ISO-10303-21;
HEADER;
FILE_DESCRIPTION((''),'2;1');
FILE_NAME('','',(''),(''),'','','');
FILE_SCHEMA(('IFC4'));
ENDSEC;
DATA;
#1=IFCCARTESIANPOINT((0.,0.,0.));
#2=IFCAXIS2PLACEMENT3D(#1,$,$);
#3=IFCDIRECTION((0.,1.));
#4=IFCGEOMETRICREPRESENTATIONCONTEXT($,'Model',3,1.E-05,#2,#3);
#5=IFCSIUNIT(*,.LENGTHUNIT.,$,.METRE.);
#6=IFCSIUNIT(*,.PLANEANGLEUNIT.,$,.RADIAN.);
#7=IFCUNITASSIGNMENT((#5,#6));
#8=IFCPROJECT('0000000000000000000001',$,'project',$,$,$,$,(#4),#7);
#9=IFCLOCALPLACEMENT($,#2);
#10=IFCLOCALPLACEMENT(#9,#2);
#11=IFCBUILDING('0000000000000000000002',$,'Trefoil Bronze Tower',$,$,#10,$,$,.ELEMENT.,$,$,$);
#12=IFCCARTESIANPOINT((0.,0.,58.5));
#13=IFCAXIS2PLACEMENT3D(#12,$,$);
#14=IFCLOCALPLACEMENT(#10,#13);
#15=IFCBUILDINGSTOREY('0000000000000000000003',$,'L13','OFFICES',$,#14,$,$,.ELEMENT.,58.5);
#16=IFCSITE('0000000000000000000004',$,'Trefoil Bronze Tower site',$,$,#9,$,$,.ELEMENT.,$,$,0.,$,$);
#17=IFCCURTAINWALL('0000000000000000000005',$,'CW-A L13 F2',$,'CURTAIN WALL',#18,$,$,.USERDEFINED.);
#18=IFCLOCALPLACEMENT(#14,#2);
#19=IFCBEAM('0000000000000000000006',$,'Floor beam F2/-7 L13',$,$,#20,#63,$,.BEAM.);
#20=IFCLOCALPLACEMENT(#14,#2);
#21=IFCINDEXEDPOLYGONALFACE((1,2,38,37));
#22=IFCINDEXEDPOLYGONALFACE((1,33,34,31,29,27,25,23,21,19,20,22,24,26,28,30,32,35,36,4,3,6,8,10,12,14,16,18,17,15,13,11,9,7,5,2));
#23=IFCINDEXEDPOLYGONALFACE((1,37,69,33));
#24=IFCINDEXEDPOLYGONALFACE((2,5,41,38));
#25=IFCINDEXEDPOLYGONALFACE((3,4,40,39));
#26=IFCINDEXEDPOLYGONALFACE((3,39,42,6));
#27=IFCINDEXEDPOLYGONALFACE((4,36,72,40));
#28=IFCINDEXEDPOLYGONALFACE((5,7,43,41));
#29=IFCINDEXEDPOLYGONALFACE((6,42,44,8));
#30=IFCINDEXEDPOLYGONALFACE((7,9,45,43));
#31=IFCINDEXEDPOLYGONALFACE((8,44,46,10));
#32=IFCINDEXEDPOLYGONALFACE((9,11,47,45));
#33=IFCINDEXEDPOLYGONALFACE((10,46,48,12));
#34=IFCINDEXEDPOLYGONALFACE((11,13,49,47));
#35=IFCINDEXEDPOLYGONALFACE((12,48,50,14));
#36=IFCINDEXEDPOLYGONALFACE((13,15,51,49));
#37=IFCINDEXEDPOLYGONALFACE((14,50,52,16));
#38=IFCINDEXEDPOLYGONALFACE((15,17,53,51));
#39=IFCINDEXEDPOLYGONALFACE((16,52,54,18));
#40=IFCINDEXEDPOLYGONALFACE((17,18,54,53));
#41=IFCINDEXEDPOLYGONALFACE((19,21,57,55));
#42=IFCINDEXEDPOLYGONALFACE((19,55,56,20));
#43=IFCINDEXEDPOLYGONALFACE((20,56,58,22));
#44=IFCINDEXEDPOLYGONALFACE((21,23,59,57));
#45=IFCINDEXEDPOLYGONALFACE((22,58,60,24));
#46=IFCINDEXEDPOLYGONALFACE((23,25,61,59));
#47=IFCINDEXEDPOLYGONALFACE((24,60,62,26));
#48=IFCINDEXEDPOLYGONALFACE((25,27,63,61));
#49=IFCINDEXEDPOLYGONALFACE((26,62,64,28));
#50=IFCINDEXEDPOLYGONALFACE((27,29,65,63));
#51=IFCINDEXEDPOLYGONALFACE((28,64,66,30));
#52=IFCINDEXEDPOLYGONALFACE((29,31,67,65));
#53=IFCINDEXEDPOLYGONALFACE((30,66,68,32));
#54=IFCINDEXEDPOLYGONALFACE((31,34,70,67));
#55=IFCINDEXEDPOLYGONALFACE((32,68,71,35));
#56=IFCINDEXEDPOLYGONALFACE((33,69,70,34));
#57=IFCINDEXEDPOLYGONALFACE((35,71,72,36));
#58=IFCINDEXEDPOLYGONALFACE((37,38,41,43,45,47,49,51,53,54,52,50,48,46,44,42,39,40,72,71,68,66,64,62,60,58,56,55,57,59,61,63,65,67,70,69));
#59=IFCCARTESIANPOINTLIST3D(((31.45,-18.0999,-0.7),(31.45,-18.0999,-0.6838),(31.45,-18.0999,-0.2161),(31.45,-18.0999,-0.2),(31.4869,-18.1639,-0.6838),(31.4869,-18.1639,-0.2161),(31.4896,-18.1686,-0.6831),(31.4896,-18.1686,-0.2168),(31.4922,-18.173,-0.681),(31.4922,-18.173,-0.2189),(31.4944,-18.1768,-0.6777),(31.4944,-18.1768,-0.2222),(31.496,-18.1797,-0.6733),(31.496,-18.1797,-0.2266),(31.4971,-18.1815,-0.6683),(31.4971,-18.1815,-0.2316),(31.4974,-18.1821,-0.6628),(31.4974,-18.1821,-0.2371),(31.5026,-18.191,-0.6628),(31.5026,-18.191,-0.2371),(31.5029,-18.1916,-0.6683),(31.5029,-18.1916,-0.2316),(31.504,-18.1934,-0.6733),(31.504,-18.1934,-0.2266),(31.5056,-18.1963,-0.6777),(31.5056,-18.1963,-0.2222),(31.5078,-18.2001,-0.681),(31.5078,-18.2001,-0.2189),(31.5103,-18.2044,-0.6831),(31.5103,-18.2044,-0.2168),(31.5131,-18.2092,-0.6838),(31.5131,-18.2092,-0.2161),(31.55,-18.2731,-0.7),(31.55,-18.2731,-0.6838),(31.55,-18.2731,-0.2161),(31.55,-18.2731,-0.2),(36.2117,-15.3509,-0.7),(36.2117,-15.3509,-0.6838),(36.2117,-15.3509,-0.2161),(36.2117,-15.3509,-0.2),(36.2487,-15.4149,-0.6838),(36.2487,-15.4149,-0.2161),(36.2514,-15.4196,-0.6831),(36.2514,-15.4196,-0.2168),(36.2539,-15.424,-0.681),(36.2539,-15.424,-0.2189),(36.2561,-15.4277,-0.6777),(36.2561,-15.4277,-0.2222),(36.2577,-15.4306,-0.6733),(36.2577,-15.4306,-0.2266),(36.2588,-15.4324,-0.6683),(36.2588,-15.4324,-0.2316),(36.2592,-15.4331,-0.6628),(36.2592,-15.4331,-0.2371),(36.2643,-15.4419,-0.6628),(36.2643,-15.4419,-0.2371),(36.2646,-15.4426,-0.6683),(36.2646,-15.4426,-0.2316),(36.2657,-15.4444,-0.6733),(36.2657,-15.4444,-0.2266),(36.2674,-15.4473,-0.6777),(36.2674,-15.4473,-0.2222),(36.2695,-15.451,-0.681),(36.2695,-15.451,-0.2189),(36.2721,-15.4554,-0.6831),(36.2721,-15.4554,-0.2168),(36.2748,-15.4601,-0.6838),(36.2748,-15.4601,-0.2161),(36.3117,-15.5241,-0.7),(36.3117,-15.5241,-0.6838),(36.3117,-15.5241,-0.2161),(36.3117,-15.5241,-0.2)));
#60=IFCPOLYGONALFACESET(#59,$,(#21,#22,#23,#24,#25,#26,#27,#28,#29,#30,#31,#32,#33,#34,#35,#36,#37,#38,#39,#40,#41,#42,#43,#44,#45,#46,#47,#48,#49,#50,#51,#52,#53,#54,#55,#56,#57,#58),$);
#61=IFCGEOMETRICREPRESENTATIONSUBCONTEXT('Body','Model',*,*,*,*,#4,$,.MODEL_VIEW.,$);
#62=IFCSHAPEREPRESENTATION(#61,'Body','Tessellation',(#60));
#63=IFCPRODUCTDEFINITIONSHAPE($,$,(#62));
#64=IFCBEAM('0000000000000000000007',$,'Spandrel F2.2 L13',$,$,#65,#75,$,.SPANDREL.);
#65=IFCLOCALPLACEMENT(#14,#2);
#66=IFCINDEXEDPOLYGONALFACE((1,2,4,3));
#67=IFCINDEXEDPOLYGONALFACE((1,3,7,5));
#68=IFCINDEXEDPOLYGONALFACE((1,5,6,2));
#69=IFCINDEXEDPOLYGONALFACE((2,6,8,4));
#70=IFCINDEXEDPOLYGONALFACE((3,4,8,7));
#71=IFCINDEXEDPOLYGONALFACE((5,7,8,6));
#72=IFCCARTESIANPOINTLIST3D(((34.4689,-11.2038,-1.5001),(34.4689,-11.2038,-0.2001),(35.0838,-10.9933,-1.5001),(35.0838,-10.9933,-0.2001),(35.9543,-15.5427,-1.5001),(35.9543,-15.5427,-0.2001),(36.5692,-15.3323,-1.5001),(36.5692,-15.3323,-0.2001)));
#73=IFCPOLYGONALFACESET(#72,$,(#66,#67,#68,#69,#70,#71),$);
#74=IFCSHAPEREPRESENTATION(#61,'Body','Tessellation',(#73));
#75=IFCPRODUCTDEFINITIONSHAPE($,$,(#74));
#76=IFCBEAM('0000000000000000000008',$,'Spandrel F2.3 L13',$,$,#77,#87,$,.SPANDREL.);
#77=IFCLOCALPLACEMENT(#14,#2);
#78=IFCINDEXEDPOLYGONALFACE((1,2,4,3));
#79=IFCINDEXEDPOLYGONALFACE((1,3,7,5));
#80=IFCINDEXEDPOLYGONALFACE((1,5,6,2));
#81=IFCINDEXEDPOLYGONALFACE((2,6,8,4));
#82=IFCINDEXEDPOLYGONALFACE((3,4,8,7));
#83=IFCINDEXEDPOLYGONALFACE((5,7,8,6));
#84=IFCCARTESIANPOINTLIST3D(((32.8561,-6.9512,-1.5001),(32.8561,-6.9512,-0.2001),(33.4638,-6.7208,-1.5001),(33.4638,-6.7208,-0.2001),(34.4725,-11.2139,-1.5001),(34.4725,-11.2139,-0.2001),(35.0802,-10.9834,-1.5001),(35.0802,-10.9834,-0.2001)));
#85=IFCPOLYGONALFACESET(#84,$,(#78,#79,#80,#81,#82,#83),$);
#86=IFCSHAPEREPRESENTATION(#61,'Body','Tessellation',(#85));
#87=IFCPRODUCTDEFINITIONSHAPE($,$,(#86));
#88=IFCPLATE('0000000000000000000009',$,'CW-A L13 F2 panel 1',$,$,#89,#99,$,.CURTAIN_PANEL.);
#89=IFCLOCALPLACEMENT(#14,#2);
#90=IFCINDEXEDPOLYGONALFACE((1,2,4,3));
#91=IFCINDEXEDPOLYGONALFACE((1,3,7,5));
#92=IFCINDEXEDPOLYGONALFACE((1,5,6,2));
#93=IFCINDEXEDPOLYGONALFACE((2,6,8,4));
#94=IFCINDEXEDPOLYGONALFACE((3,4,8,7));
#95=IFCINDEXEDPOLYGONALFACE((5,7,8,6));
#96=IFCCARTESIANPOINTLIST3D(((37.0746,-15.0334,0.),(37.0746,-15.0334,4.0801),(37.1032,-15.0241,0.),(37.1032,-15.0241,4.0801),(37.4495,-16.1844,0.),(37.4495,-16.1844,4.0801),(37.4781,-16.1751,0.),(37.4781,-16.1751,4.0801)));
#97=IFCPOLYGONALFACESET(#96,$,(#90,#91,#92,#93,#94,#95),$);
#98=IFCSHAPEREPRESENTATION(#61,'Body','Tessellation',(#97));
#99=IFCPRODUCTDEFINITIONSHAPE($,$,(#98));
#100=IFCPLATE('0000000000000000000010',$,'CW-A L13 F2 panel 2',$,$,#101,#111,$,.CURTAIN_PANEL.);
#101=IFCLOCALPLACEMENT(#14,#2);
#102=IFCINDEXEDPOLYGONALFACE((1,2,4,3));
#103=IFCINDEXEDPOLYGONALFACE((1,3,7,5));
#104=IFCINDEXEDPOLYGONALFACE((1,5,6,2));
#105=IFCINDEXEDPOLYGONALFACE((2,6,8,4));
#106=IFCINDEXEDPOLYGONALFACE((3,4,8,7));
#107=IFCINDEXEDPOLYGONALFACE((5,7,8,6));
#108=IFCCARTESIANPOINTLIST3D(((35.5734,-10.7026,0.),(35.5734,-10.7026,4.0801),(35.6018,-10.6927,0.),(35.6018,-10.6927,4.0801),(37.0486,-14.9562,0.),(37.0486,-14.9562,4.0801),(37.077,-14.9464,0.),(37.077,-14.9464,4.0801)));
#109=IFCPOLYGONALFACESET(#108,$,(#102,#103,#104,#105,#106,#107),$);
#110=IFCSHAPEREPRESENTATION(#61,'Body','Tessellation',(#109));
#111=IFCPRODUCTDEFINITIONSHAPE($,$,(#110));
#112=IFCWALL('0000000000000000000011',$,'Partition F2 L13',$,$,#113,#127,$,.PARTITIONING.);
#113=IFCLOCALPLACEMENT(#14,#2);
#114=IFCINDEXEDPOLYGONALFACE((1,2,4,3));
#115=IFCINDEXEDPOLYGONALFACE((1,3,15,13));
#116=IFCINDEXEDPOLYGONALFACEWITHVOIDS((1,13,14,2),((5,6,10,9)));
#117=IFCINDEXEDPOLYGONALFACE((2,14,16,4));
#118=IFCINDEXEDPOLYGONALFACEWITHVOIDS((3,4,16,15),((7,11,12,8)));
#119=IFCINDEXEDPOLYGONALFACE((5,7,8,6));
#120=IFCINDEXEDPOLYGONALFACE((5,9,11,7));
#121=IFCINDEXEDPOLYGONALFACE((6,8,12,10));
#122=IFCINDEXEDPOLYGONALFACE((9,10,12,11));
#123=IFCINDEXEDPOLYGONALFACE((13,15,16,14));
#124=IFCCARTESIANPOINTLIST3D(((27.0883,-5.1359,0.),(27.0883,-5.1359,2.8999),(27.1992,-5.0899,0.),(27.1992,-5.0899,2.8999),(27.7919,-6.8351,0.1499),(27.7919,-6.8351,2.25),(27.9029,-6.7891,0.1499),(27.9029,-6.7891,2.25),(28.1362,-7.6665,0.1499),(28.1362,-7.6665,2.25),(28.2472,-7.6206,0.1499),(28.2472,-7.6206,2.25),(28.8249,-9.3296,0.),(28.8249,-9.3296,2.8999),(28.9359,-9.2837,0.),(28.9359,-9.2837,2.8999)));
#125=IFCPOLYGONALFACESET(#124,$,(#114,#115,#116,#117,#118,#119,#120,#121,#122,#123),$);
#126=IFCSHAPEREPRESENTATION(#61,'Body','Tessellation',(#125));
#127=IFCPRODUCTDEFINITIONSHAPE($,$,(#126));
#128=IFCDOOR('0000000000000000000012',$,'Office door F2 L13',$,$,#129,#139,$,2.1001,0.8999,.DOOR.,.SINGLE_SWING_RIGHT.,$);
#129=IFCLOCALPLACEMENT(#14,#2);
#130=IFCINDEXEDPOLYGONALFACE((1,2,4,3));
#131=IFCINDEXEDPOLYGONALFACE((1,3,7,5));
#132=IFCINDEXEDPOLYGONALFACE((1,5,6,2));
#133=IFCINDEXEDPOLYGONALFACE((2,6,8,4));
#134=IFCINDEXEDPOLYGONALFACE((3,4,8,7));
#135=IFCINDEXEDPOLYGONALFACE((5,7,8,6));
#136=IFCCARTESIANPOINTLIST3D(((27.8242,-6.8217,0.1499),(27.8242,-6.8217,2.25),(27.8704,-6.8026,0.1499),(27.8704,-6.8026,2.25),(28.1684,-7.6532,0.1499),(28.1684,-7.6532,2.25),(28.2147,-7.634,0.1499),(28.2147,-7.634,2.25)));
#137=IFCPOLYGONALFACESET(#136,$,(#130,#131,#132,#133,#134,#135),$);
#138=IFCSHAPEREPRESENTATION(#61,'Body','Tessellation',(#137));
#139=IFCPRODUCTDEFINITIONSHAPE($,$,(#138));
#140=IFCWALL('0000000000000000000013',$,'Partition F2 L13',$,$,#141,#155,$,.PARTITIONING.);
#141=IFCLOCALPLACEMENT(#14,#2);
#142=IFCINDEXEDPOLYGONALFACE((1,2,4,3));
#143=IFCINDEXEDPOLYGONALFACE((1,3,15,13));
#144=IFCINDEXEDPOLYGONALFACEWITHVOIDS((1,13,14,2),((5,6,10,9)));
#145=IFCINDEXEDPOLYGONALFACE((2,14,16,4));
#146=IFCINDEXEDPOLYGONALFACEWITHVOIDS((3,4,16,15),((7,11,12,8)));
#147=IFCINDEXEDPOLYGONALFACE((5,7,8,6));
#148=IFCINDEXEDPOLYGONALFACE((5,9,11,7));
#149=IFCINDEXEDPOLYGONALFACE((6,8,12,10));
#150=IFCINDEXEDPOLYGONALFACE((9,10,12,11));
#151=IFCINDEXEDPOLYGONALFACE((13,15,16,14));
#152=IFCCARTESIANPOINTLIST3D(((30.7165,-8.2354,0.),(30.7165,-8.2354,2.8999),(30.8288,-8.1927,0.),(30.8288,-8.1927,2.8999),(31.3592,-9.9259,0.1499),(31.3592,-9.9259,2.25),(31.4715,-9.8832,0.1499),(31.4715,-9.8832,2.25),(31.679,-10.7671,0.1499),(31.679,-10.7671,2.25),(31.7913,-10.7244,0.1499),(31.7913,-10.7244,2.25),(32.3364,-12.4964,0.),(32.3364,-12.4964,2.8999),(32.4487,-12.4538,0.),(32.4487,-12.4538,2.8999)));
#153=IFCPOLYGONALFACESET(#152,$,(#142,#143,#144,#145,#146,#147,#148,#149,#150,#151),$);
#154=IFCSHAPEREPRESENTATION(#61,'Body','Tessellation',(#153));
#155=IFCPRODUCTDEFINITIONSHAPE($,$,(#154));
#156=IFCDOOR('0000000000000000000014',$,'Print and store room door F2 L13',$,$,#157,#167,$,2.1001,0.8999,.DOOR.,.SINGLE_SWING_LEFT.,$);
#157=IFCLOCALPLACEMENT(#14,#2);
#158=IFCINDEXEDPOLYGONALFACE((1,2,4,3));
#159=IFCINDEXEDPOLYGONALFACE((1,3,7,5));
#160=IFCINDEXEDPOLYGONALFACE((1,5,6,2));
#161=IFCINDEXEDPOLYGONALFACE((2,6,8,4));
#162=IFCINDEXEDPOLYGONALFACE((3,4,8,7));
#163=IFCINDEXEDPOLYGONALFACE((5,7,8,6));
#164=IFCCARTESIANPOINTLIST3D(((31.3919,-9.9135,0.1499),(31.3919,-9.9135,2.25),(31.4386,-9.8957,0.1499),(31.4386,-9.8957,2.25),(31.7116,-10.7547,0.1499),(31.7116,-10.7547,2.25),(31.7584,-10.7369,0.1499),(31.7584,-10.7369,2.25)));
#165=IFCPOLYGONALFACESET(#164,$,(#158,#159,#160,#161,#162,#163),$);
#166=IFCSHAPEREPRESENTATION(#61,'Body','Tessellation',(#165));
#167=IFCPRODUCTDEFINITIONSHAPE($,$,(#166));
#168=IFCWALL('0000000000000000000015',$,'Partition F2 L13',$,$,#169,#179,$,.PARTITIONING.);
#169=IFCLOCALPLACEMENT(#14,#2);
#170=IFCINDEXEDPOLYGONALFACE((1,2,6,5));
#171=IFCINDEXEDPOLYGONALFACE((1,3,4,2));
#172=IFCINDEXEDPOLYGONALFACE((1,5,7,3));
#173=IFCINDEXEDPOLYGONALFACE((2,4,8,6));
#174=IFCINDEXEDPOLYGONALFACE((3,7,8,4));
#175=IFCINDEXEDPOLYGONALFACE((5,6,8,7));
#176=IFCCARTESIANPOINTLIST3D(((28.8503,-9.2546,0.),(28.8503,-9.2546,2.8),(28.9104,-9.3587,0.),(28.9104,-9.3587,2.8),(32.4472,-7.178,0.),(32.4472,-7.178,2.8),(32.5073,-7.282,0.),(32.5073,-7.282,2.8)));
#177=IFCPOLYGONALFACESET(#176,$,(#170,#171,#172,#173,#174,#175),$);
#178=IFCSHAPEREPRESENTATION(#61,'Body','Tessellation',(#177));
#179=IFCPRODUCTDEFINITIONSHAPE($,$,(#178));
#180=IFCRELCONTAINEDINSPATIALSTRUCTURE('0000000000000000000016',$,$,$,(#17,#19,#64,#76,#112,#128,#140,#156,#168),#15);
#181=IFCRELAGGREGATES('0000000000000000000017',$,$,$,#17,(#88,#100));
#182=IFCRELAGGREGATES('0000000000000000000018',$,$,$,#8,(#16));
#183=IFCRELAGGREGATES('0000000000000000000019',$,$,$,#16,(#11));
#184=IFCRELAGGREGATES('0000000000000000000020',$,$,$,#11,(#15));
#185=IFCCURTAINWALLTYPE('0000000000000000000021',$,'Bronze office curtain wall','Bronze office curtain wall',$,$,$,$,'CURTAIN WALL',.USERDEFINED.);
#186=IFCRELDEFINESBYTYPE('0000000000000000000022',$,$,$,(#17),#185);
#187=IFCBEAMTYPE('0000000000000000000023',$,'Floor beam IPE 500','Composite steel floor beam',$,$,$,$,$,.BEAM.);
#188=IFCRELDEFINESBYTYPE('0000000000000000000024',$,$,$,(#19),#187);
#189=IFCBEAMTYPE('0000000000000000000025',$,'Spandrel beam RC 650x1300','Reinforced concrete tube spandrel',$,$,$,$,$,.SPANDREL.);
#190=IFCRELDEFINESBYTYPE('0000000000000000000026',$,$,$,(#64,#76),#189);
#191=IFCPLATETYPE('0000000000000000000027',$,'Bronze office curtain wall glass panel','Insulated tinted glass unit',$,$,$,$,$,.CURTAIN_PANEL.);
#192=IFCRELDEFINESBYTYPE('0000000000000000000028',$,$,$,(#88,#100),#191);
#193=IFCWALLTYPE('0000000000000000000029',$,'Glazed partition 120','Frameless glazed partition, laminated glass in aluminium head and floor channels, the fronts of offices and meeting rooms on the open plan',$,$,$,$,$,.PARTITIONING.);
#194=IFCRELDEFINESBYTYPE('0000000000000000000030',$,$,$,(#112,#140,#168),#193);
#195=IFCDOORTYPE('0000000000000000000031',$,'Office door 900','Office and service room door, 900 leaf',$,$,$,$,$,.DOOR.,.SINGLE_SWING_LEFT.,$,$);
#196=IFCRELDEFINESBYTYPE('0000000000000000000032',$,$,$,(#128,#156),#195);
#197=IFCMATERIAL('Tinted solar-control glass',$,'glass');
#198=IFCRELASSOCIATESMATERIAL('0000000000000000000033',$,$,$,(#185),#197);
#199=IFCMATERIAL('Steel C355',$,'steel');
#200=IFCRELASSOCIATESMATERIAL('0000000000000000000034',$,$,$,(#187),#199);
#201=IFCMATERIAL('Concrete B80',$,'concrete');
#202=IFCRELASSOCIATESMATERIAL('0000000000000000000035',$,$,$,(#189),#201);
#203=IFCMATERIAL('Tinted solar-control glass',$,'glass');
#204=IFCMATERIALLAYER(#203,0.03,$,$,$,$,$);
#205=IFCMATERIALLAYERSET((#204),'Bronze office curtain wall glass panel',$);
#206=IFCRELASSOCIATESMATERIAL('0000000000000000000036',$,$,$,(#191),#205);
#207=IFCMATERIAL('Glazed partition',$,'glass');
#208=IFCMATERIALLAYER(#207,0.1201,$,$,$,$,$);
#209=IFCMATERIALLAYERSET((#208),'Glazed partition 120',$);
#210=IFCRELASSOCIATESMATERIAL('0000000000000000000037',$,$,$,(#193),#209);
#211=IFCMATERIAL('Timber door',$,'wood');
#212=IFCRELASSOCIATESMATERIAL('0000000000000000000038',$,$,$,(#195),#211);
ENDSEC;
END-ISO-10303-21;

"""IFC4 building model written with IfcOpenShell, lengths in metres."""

from ifc_helpers import new_model, si_unit, direction, frame, frame_2d, origin, origin_2d, place, context, subcontext, project, spatial, rectangle, i_section, extrude, material, layer, layer_set, material_profile, profile_set, type_object, element, fill, aggregate, save


model = new_model("IFC4")

# Units and contexts
model_context = context("Model", 3, precision=1e-05, world=origin(), true_north=direction((0.0, 1.0)))
body_context = subcontext(model_context, "Body", "Model", "MODEL_VIEW")
ifc_project = project(units=[si_unit("LENGTHUNIT", "METRE"), si_unit("PLANEANGLEUNIT", "RADIAN")], contexts=[model_context])

# Site, building, storey
site_placement = place(None, origin())
site = spatial("IfcSite", under=ifc_project, at=site_placement, Name="Trefoil Bronze Tower site", CompositionType="ELEMENT", RefElevation=0.0)
building_placement = place(site_placement, origin())
building = spatial("IfcBuilding", under=site, at=building_placement, Name="Trefoil Bronze Tower", CompositionType="ELEMENT")
storey_placement = place(building_placement, frame((0.0, 0.0, 58.5)))
storey = spatial("IfcBuildingStorey", under=building, at=storey_placement, Name="L13", Description="OFFICES", CompositionType="ELEMENT", Elevation=58.5)

# Curtain wall
ifc_material_1 = material(Name="Tinted solar-control glass", Category="glass")
curtain_wall_type = type_object("IfcCurtainWallType", Name="Bronze office curtain wall", Description="Bronze office curtain wall", ElementType="CURTAIN WALL", PredefinedType="USERDEFINED", material=ifc_material_1)
curtain_wall_placement = place(storey_placement, origin())
curtain_wall = element("IfcCurtainWall", 1, at=curtain_wall_placement, inside=storey, type_object=curtain_wall_type, Name="CW-A L13 F2", ObjectType="CURTAIN WALL", PredefinedType="USERDEFINED")

# Beams
ifc_material_2 = material(Name="Steel C355", Category="steel")
ifc_material_profile_1 = material_profile(ifc_material_2, i_section(OverallWidth=0.2, OverallDepth=0.5, WebThickness=0.0103, FlangeThickness=0.0161, FilletRadius=0.021, at=origin_2d()), Name="IPE 500")
ifc_profile_set_1 = profile_set([ifc_material_profile_1], Name="Steel C355")
beam_type_1 = type_object("IfcBeamType", Name="Floor beam IPE 500", Description="Composite steel floor beam", PredefinedType="BEAM", material=ifc_profile_set_1)
beam_1_placement = place(storey_placement, frame((36.2617, -15.4375, -0.45), z_axis=(-0.866038, -0.499979, 0.0), x_axis=(0.499979, -0.866038, 0.0)))
element("IfcBeam", 2, at=beam_1_placement, inside=storey, type_object=beam_type_1, Name="Floor beam F2/-7 L13", PredefinedType="BEAM", context=body_context, shape_type="SweptSolid", body=[
    extrude(i_section(OverallWidth=0.2, OverallDepth=0.5, WebThickness=0.0103, FlangeThickness=0.0161, FilletRadius=0.021, at=origin_2d()), origin(), (0.0, 0.0, 1.0), 5.4983),
])
ifc_material_3 = material(Name="Concrete B80", Category="concrete")
ifc_material_profile_2 = material_profile(ifc_material_3, rectangle(XDim=0.6499, YDim=1.3, at=origin_2d()), Name="RC 650x1300")
ifc_profile_set_2 = profile_set([ifc_material_profile_2], Name="Concrete B80")
beam_type_2 = type_object("IfcBeamType", Name="Spandrel beam RC 650x1300", Description="Reinforced concrete tube spandrel", PredefinedType="SPANDREL", material=ifc_profile_set_2)
beam_2_placement = place(storey_placement, frame((36.2617, -15.4375, -0.8501), z_axis=(-0.323883, 0.946097, 0.0), x_axis=(-0.946097, -0.323883, 0.0)))
element("IfcBeam", 3, at=beam_2_placement, inside=storey, type_object=beam_type_2, Name="Spandrel F2.2 L13", PredefinedType="SPANDREL", context=body_context, shape_type="SweptSolid", body=[
    extrude(rectangle(XDim=0.6499, YDim=1.3, at=origin_2d()), origin(), (0.0, 0.0, 1.0), 4.5862),
])
beam_3_placement = place(storey_placement, frame((34.7764, -11.0986, -0.8501), z_axis=(-0.354572, 0.935029, 0.0), x_axis=(-0.935029, -0.354572, 0.0)))
element("IfcBeam", 4, at=beam_3_placement, inside=storey, type_object=beam_type_2, Name="Spandrel F2.3 L13", PredefinedType="SPANDREL", context=body_context, shape_type="SweptSolid", body=[
    extrude(rectangle(XDim=0.6499, YDim=1.3, at=origin_2d()), origin(), (0.0, 0.0, 1.0), 4.5588),
])

# Plates
ifc_material_4 = material(Name="Tinted solar-control glass", Category="glass")
ifc_layer_1 = layer(ifc_material_4, 0.03)
ifc_layer_set_1 = layer_set([ifc_layer_1], Name="Bronze office curtain wall glass panel")
plate_type = type_object("IfcPlateType", Name="Bronze office curtain wall glass panel", Description="Insulated tinted glass unit", PredefinedType="CURTAIN_PANEL", material=ifc_layer_set_1)
plate_1_placement = place(storey_placement, frame((37.2764, -15.6042, 0.0), z_axis=(0.0, 0.0, 1.0), x_axis=(-0.309728, 0.950825, 0.0)))
plate_1 = element("IfcPlate", 5, at=plate_1_placement, type_object=plate_type, Name="CW-A L13 F2 panel 1", PredefinedType="CURTAIN_PANEL", context=body_context, shape_type="SweptSolid", body=[
    extrude(rectangle(XDim=1.2104, YDim=0.03, at=origin_2d()), origin(), (0.0, 0.0, 1.0), 4.0801),
])
plate_2_placement = place(storey_placement, frame((36.3252, -12.8245, 0.0), z_axis=(0.0, 0.0, 1.0), x_axis=(-0.327674, 0.944791, 0.0)))
plate_2 = element("IfcPlate", 6, at=plate_2_placement, type_object=plate_type, Name="CW-A L13 F2 panel 2", PredefinedType="CURTAIN_PANEL", context=body_context, shape_type="SweptSolid", body=[
    extrude(rectangle(XDim=4.5022, YDim=0.03, at=origin_2d()), origin(), (0.0, 0.0, 1.0), 4.0801),
])
aggregate(curtain_wall, [plate_1, plate_2])

# Walls, openings, doors
ifc_material_5 = material(Name="Glazed partition", Category="glass")
ifc_layer_2 = layer(ifc_material_5, 0.1201)
ifc_layer_set_2 = layer_set([ifc_layer_2], Name="Glazed partition 120")
wall_type = type_object("IfcWallType", Name="Glazed partition 120", Description="Frameless glazed partition, laminated glass in aluminium head and floor channels, the fronts of offices and meeting rooms on the open plan", PredefinedType="PARTITIONING", material=ifc_layer_set_2)
wall_1_placement = place(storey_placement, frame((28.8804, -9.3066, 0.0), z_axis=(0.0, 0.0, 1.0), x_axis=(-0.382594, 0.923917, 0.0)))
wall_1 = element("IfcWall", 7, at=wall_1_placement, inside=storey, type_object=wall_type, Name="Partition F2 L13", PredefinedType="PARTITIONING", context=body_context, shape_type="SweptSolid", body=[
    extrude(rectangle(XDim=4.5391, YDim=0.1201, at=frame_2d((2.2695, 0.0))), origin(), (0.0, 0.0, 1.0), 2.8999),
])
opening_1_placement = place(wall_1_placement, frame((1.8, 0.0, 0.1499)))
opening_1 = element("IfcOpeningElement", 8, at=opening_1_placement, cuts=wall_1, PredefinedType="OPENING", context=body_context, shape_type="SweptSolid", body=[
    extrude(rectangle(XDim=0.8999, YDim=2.1001, at=frame_2d((0.45, 1.05))), frame((0.0, 0.0701, 0.0), z_axis=(0.0, -1.0, 0.0), x_axis=(1.0, 0.0, 0.0)), (0.0, 0.0, 1.0), 0.1401),
])
ifc_material_6 = material(Name="Timber door", Category="wood")
door_type = type_object("IfcDoorType", Name="Office door 900", Description="Office and service room door, 900 leaf", OperationType="SINGLE_SWING_LEFT", PredefinedType="DOOR", material=ifc_material_6)
door_1_placement = place(opening_1_placement, frame((0.8999, 0.0, 0.0), z_axis=(0.0, 0.0, 1.0), x_axis=(-1.0, 0.0, 0.0)))
door_1 = element("IfcDoor", 9, at=door_1_placement, inside=storey, type_object=door_type, Name="Office door F2 L13", OperationType="SINGLE_SWING_RIGHT", OverallHeight=2.1001, OverallWidth=0.8999, PredefinedType="DOOR", context=body_context, shape_type="SweptSolid", body=[
    extrude(rectangle(XDim=0.8999, YDim=2.1001, at=frame_2d((0.45, 1.05))), frame((0.0, 0.0249, 0.0), z_axis=(0.0, -1.0, 0.0), x_axis=(1.0, 0.0, 0.0)), (0.0, 0.0, 1.0), 0.05),
])
fill(opening_1, door_1)
wall_2_placement = place(storey_placement, frame((32.3926, -12.4751, 0.0), z_axis=(0.0, 0.0, 1.0), x_axis=(-0.355352, 0.934733, 0.0)))
wall_2 = element("IfcWall", 10, at=wall_2_placement, inside=storey, type_object=wall_type, Name="Partition F2 L13", PredefinedType="PARTITIONING", context=body_context, shape_type="SweptSolid", body=[
    extrude(rectangle(XDim=4.5586, YDim=0.1201, at=frame_2d((2.2793, 0.0))), origin(), (0.0, 0.0, 1.0), 2.8999),
])
opening_2_placement = place(wall_2_placement, frame((1.8501, 0.0, 0.1499)))
opening_2 = element("IfcOpeningElement", 11, at=opening_2_placement, cuts=wall_2, PredefinedType="OPENING", context=body_context, shape_type="SweptSolid", body=[
    extrude(rectangle(XDim=0.8999, YDim=2.1001, at=frame_2d((0.45, 1.05))), frame((0.0, 0.0701, 0.0), z_axis=(0.0, -1.0, 0.0), x_axis=(1.0, 0.0, 0.0)), (0.0, 0.0, 1.0), 0.1401),
])
door_2_placement = place(opening_2_placement, frame((0.8999, 0.0, 0.0), z_axis=(0.0, 0.0, 1.0), x_axis=(-1.0, 0.0, 0.0)))
door_2 = element("IfcDoor", 12, at=door_2_placement, inside=storey, type_object=door_type, Name="Print and store room door F2 L13", OperationType="SINGLE_SWING_LEFT", OverallHeight=2.1001, OverallWidth=0.8999, PredefinedType="DOOR", context=body_context, shape_type="SweptSolid", body=[
    extrude(rectangle(XDim=0.8999, YDim=2.1001, at=frame_2d((0.45, 1.05))), frame((0.0, 0.0249, 0.0), z_axis=(0.0, -1.0, 0.0), x_axis=(1.0, 0.0, 0.0)), (0.0, 0.0, 1.0), 0.05),
])
fill(opening_2, door_2)

# Wall
wall_3_placement = place(storey_placement, frame((28.8804, -9.3066, 0.0), z_axis=(0.0, 0.0, 1.0), x_axis=(0.866028, 0.499996, 0.0)))
element("IfcWall", 13, at=wall_3_placement, inside=storey, type_object=wall_type, Name="Partition F2 L13", PredefinedType="PARTITIONING", context=body_context, shape_type="SweptSolid", body=[
    extrude(rectangle(XDim=4.1533, YDim=0.1201, at=frame_2d((2.0767, 0.0))), origin(), (0.0, 0.0, 1.0), 2.8),
])

save(model, "model.ifc")
